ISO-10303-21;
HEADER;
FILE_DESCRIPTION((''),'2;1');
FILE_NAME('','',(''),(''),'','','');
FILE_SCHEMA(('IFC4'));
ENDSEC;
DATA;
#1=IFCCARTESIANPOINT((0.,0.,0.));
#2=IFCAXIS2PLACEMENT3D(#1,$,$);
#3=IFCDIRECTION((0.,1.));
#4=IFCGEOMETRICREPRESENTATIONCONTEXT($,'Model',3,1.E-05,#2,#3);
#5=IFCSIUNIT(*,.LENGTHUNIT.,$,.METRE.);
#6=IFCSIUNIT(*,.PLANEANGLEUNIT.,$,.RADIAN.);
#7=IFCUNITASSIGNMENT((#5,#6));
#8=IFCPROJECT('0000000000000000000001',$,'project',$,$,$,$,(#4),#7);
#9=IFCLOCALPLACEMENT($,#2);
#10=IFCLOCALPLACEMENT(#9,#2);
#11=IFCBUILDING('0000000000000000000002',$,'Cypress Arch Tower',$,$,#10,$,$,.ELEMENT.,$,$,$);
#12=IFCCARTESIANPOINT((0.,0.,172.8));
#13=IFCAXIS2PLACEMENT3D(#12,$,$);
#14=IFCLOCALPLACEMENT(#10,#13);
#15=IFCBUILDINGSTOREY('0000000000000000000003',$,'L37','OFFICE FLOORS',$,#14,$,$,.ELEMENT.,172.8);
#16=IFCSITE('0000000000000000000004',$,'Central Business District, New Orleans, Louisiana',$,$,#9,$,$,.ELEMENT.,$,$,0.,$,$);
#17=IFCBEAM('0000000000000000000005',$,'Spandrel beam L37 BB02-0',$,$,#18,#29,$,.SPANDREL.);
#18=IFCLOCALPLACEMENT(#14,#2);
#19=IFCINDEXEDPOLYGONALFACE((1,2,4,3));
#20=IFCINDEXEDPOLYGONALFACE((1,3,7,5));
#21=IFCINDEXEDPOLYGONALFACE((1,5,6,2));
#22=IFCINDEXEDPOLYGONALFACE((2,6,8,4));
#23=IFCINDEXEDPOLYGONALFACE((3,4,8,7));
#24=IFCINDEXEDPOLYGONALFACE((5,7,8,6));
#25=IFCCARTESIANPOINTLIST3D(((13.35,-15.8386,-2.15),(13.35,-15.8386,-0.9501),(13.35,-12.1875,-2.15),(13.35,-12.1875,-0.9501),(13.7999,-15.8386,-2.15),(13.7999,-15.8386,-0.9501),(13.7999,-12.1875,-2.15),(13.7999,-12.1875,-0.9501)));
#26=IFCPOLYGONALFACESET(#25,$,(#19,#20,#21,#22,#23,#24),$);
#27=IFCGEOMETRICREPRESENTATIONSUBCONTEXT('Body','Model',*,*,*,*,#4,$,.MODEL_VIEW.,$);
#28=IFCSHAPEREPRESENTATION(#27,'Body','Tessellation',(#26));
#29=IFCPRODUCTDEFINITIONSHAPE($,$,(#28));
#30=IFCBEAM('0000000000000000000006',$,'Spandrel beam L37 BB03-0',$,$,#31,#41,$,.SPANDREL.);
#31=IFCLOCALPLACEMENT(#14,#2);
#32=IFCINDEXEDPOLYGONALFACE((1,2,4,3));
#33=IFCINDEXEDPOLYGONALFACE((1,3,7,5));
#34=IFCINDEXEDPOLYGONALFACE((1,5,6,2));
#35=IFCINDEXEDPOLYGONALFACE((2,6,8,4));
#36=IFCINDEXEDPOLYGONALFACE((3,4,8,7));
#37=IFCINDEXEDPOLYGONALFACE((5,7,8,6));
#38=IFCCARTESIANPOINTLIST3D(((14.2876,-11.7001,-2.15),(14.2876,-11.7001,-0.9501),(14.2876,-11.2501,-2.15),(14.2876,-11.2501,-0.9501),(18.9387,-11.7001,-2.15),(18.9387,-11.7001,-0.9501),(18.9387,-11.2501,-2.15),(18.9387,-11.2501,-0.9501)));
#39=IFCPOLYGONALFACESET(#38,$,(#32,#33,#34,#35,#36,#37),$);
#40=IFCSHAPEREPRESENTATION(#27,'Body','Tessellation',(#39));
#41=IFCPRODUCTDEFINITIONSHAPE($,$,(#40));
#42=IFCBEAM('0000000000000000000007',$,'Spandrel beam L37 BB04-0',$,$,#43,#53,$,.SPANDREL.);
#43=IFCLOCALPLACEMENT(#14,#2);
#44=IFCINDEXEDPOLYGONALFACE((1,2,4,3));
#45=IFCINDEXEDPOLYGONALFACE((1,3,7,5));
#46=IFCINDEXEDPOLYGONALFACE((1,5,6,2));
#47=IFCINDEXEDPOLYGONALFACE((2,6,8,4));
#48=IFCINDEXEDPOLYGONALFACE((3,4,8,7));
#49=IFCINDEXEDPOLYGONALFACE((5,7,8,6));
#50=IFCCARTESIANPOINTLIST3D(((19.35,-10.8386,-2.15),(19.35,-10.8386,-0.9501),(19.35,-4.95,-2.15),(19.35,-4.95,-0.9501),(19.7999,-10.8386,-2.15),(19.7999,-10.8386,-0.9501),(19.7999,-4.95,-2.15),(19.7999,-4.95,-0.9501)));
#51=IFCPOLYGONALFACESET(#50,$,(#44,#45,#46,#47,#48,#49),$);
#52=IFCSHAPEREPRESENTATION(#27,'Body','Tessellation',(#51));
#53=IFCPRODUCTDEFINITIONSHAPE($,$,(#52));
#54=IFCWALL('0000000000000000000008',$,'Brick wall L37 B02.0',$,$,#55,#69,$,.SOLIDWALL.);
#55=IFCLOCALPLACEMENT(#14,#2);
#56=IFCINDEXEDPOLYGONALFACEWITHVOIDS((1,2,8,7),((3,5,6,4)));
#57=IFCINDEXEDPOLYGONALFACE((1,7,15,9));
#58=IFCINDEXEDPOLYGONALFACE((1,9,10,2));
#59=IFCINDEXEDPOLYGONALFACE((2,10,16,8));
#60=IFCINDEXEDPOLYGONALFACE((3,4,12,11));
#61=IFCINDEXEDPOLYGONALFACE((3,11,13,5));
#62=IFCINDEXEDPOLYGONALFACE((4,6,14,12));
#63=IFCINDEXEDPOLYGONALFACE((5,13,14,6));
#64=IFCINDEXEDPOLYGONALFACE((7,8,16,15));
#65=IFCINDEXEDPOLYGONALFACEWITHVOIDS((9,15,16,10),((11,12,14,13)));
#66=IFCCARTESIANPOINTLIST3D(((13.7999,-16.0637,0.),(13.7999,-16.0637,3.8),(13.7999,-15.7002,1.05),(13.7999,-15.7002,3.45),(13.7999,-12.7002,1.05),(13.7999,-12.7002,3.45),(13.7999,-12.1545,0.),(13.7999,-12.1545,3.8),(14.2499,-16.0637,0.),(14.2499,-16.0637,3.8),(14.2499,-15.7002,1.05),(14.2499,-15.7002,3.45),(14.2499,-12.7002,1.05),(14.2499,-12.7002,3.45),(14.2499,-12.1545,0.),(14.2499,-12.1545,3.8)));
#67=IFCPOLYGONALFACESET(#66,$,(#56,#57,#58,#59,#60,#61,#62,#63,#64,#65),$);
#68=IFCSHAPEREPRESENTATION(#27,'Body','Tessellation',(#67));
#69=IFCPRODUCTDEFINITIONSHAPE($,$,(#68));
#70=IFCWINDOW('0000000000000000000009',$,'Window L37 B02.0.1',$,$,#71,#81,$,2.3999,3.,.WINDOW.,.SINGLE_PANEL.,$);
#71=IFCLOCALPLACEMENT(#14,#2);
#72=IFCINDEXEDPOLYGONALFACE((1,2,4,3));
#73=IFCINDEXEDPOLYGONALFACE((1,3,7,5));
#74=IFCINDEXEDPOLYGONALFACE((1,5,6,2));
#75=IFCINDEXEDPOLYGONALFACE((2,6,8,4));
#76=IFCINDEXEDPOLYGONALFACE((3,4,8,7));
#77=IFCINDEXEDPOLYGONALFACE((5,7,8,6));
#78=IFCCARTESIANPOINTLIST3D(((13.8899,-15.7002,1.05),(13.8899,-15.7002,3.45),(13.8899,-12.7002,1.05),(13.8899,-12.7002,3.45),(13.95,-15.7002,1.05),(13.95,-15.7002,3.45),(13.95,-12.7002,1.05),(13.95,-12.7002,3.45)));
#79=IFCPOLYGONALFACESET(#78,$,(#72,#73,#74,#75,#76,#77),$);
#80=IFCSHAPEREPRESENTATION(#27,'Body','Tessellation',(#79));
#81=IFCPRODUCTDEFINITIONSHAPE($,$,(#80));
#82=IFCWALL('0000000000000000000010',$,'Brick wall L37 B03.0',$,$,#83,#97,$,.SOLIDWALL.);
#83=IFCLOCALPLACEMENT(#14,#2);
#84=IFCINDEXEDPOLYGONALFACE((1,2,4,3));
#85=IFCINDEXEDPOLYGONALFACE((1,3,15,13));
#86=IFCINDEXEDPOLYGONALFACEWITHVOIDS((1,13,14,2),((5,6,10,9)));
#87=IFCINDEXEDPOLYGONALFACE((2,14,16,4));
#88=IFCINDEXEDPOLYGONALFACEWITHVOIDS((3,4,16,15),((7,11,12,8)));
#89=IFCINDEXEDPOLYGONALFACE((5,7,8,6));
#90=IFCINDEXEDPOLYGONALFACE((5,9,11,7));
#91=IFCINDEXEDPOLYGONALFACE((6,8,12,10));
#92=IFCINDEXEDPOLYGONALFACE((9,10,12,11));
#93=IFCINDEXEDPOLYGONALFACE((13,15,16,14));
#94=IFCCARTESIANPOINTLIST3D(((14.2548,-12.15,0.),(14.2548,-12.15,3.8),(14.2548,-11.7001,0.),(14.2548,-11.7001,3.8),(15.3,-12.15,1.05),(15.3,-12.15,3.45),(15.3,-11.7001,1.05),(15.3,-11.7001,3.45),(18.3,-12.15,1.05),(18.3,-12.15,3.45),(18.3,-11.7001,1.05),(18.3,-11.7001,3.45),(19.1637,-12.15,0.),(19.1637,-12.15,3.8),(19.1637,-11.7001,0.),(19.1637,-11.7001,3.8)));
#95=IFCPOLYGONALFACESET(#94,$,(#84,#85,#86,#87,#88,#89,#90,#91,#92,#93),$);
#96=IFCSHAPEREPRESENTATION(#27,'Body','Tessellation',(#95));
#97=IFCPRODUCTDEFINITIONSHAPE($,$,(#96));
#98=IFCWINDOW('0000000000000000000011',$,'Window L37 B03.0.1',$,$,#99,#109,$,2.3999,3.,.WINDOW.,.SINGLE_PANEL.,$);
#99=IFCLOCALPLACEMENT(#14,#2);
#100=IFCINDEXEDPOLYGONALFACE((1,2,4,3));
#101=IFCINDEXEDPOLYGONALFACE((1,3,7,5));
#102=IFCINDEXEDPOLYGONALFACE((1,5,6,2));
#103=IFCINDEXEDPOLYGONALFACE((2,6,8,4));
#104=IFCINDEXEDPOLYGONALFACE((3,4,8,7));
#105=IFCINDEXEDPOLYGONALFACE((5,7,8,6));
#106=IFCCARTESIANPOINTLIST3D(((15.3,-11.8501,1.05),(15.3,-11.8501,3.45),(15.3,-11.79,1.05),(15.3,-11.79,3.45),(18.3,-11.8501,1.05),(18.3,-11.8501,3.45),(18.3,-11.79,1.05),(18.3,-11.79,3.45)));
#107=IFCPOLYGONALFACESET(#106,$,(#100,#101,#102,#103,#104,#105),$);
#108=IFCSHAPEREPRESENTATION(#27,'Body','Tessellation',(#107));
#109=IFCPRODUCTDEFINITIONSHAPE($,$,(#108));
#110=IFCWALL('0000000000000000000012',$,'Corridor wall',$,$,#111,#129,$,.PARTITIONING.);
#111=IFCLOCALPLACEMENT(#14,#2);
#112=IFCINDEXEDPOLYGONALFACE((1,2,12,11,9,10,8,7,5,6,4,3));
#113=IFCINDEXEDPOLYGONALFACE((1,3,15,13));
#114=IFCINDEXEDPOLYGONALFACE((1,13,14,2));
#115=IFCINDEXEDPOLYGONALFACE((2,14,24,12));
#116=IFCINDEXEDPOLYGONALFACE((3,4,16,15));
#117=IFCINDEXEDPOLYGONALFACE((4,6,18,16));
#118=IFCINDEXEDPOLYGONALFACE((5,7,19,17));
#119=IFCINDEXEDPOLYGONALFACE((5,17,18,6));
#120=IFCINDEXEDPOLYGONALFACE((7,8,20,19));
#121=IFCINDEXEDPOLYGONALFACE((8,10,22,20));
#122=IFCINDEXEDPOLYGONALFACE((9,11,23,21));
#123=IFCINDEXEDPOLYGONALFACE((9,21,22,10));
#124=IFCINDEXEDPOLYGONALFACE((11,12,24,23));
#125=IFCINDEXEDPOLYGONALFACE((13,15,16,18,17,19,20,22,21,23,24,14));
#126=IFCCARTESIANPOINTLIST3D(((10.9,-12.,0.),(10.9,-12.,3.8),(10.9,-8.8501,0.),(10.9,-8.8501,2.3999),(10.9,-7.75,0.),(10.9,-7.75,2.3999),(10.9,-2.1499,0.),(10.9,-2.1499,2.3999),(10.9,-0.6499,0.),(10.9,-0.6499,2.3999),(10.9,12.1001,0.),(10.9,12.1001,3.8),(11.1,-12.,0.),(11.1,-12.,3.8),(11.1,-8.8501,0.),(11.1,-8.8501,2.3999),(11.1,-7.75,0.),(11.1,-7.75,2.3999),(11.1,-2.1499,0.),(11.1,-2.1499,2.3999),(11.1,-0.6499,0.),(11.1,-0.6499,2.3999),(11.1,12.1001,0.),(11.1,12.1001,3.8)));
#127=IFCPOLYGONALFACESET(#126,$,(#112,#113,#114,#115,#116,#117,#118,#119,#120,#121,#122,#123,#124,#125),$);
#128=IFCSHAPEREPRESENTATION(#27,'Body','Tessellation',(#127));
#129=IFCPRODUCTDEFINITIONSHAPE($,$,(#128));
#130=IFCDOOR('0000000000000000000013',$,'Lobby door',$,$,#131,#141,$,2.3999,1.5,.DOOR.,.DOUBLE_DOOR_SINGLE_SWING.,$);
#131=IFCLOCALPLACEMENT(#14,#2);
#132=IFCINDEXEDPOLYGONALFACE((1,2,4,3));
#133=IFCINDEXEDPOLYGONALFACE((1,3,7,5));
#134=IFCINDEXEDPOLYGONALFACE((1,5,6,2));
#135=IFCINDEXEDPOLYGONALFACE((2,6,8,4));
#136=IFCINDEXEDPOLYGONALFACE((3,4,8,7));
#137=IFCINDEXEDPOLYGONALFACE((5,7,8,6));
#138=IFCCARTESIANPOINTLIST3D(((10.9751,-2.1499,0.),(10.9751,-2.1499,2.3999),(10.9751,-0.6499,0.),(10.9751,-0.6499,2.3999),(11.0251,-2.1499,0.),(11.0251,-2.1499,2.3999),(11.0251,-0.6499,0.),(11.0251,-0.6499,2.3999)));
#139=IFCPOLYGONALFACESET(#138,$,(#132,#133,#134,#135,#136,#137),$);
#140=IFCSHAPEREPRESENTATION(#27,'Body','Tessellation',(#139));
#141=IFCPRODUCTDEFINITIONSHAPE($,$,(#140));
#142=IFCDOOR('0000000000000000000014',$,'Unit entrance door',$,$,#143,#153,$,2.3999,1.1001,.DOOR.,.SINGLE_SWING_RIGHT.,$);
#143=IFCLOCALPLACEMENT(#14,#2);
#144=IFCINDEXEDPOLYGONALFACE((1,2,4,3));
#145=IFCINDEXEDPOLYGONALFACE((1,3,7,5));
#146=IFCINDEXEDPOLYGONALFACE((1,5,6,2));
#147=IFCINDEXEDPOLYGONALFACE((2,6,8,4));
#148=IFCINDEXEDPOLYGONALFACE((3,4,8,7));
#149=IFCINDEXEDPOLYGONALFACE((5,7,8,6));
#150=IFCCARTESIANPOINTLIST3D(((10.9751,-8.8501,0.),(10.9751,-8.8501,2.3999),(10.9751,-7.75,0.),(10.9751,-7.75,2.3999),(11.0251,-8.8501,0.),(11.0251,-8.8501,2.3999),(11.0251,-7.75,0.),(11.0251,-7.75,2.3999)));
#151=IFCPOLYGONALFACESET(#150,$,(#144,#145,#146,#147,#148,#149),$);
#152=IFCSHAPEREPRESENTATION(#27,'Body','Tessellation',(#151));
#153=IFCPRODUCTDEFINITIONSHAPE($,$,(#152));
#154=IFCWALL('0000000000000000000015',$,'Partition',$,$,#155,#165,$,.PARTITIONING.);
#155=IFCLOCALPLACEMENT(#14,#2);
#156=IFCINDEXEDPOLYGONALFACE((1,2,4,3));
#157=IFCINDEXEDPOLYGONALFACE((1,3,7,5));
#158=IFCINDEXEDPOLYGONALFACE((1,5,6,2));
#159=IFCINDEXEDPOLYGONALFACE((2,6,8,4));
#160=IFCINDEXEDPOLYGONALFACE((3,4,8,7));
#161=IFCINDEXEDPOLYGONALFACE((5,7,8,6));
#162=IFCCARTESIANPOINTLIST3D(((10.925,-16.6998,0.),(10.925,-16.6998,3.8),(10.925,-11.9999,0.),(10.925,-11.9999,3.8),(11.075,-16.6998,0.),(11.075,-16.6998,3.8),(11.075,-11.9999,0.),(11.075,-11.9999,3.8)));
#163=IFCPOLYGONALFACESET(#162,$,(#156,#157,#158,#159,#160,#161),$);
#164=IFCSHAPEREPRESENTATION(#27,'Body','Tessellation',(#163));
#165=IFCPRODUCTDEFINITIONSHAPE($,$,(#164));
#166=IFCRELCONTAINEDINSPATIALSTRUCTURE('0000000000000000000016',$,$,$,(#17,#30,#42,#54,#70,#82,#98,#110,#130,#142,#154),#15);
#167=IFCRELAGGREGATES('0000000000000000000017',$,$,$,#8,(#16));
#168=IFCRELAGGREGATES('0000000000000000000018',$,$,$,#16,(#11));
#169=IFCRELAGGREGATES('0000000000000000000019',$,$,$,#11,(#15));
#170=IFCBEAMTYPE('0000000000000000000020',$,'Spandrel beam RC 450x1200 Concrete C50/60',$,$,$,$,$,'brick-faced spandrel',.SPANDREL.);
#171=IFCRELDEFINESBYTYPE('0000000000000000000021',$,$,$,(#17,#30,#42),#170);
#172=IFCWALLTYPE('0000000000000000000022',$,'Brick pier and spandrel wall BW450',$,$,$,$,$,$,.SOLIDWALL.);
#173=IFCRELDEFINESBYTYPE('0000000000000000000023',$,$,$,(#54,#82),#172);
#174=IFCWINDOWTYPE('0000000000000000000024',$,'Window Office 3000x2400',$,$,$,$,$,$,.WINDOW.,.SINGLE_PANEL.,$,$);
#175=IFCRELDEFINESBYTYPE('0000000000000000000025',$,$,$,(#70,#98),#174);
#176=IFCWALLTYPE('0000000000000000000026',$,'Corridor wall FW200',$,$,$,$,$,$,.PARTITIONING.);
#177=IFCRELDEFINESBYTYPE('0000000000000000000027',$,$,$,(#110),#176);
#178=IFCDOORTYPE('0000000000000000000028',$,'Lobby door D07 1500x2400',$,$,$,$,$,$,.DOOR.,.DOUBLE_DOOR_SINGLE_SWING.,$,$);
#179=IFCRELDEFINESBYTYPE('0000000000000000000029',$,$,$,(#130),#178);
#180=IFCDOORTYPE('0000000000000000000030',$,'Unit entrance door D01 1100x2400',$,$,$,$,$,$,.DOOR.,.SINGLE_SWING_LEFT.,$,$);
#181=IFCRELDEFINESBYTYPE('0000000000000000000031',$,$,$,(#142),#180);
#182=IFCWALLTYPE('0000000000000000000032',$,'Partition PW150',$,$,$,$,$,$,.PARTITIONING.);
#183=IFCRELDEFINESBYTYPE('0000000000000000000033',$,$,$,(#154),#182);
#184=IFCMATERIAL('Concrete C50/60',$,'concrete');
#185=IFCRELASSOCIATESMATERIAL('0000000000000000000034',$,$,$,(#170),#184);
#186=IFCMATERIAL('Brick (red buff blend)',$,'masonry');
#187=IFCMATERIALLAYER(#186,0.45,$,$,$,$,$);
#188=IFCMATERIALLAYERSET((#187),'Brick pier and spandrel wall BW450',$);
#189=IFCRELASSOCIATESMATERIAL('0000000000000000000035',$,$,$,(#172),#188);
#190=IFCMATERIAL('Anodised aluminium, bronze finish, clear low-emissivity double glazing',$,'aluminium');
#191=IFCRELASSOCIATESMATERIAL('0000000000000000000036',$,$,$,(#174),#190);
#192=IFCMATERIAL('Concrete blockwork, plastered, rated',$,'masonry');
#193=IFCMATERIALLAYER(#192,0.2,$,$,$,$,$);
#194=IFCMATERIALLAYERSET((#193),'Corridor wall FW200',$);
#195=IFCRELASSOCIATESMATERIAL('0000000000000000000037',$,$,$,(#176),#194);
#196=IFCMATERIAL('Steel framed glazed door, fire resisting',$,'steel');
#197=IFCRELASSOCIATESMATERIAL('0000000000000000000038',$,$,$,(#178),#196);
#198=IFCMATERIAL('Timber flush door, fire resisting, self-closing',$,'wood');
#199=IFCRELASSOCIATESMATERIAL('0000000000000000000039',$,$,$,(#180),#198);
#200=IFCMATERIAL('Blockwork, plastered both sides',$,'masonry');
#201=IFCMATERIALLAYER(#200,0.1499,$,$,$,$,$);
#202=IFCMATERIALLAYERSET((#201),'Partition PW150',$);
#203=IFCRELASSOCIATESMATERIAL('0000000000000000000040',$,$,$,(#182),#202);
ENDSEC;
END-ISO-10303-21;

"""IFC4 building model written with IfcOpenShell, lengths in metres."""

from ifc_helpers import new_model, si_unit, direction, frame, frame_2d, origin, origin_2d, place, context, subcontext, project, spatial, rectangle, extrude, material, layer, layer_set, material_profile, profile_set, type_object, element, fill, save


model = new_model("IFC4")

# Units and contexts
model_context = context("Model", 3, precision=1e-05, world=origin(), true_north=direction((0.0, 1.0)))
body_context = subcontext(model_context, "Body", "Model", "MODEL_VIEW")
ifc_project = project(units=[si_unit("LENGTHUNIT", "METRE"), si_unit("PLANEANGLEUNIT", "RADIAN")], contexts=[model_context])

# Site, building, storey
site_placement = place(None, origin())
site = spatial("IfcSite", under=ifc_project, at=site_placement, Name="Central Business District, New Orleans, Louisiana", CompositionType="ELEMENT", RefElevation=0.0)
building_placement = place(site_placement, origin())
building = spatial("IfcBuilding", under=site, at=building_placement, Name="Cypress Arch Tower", CompositionType="ELEMENT")
storey_placement = place(building_placement, frame((0.0, 0.0, 172.8)))
storey = spatial("IfcBuildingStorey", under=building, at=storey_placement, Name="L37", Description="OFFICE FLOORS", CompositionType="ELEMENT", Elevation=172.8)

# Beams
ifc_material_1 = material(Name="Concrete C50/60", Category="concrete")
ifc_material_profile_1 = material_profile(ifc_material_1, rectangle(XDim=0.45, YDim=1.2, at=origin_2d()), Name="RC 450x1200")
ifc_profile_set_1 = profile_set([ifc_material_profile_1], Name="Concrete C50/60")
beam_type_1 = type_object("IfcBeamType", Name="Spandrel beam RC 450x1200 Concrete C50/60", ElementType="brick-faced spandrel", PredefinedType="SPANDREL", material=ifc_profile_set_1)
beam_1_placement = place(storey_placement, frame((13.575, -15.8386, -1.55), z_axis=(0.0, 1.0, 0.0), x_axis=(-1.0, 0.0, 0.0)))
element("IfcBeam", 1, at=beam_1_placement, inside=storey, type_object=beam_type_1, Name="Spandrel beam L37 BB02-0", PredefinedType="SPANDREL", context=body_context, shape_type="SweptSolid", body=[
    extrude(rectangle(XDim=0.45, YDim=1.2, at=origin_2d()), origin(), (0.0, 0.0, 1.0), 3.6511),
])
beam_2_placement = place(storey_placement, frame((14.2876, -11.4751, -1.55), z_axis=(1.0, 0.0, 0.0), x_axis=(0.0, 1.0, 0.0)))
element("IfcBeam", 2, at=beam_2_placement, inside=storey, type_object=beam_type_1, Name="Spandrel beam L37 BB03-0", PredefinedType="SPANDREL", context=body_context, shape_type="SweptSolid", body=[
    extrude(rectangle(XDim=0.45, YDim=1.2, at=origin_2d()), origin(), (0.0, 0.0, 1.0), 4.6511),
])
beam_3_placement = place(storey_placement, frame((19.575, -10.8386, -1.55), z_axis=(0.0, 1.0, 0.0), x_axis=(-1.0, 0.0, 0.0)))
element("IfcBeam", 3, at=beam_3_placement, inside=storey, type_object=beam_type_1, Name="Spandrel beam L37 BB04-0", PredefinedType="SPANDREL", context=body_context, shape_type="SweptSolid", body=[
    extrude(rectangle(XDim=0.45, YDim=1.2, at=origin_2d()), origin(), (0.0, 0.0, 1.0), 5.8887),
])

# Walls, openings, windows
ifc_material_2 = material(Name="Brick (red buff blend)", Category="masonry")
ifc_layer_1 = layer(ifc_material_2, 0.45)
ifc_layer_set_1 = layer_set([ifc_layer_1], Name="Brick pier and spandrel wall BW450")
wall_type_1 = type_object("IfcWallType", Name="Brick pier and spandrel wall BW450", PredefinedType="SOLIDWALL", material=ifc_layer_set_1)
wall_1_placement = place(storey_placement, frame((14.0249, -16.0637, 0.0), z_axis=(0.0, 0.0, 1.0), x_axis=(0.0, 1.0, 0.0)))
wall_1 = element("IfcWall", 4, at=wall_1_placement, inside=storey, type_object=wall_type_1, Name="Brick wall L37 B02.0", PredefinedType="SOLIDWALL", context=body_context, shape_type="SweptSolid", body=[
    extrude(rectangle(XDim=3.9092, YDim=0.45, at=frame_2d((1.9546, 0.0))), origin(), (0.0, 0.0, 1.0), 3.8),
])
opening_1_placement = place(wall_1_placement, frame((0.3635, 0.0, 1.05)))
opening_1 = element("IfcOpeningElement", 5, at=opening_1_placement, cuts=wall_1, PredefinedType="OPENING", context=body_context, shape_type="SweptSolid", body=[
    extrude(rectangle(XDim=3.0, YDim=2.3999, at=frame_2d((1.5, 1.2))), frame((0.0, 0.2349, 0.0), z_axis=(0.0, -1.0, 0.0), x_axis=(1.0, 0.0, 0.0)), (0.0, 0.0, 1.0), 0.47),
])
ifc_material_3 = material(Name="Anodised aluminium, bronze finish, clear low-emissivity double glazing", Category="aluminium")
window_type = type_object("IfcWindowType", Name="Window Office 3000x2400", PartitioningType="SINGLE_PANEL", PredefinedType="WINDOW", material=ifc_material_3)
window_1_placement = place(opening_1_placement, origin())
window_1 = element("IfcWindow", 6, at=window_1_placement, inside=storey, type_object=window_type, Name="Window L37 B02.0.1", OverallHeight=2.3999, OverallWidth=3.0, PartitioningType="SINGLE_PANEL", PredefinedType="WINDOW", context=body_context, shape_type="SweptSolid", body=[
    extrude(rectangle(XDim=3.0, YDim=2.3999, at=frame_2d((1.5, 1.2))), frame((0.0, 0.135, 0.0), z_axis=(0.0, -1.0, 0.0), x_axis=(1.0, 0.0, 0.0)), (0.0, 0.0, 1.0), 0.0601),
])
fill(opening_1, window_1)
wall_2_placement = place(storey_placement, frame((14.2546, -11.925, 0.0), z_axis=(0.0, 0.0, 1.0), x_axis=(1.0, 0.0, 0.0)))
wall_2 = element("IfcWall", 7, at=wall_2_placement, inside=storey, type_object=wall_type_1, Name="Brick wall L37 B03.0", PredefinedType="SOLIDWALL", context=body_context, shape_type="SweptSolid", body=[
    extrude(rectangle(XDim=4.9089, YDim=0.45, at=frame_2d((2.4546, 0.0))), origin(), (0.0, 0.0, 1.0), 3.8),
])
opening_2_placement = place(wall_2_placement, frame((1.0454, 0.0, 1.05)))
opening_2 = element("IfcOpeningElement", 8, at=opening_2_placement, cuts=wall_2, PredefinedType="OPENING", context=body_context, shape_type="SweptSolid", body=[
    extrude(rectangle(XDim=3.0, YDim=2.3999, at=frame_2d((1.5, 1.2))), frame((0.0, 0.2349, 0.0), z_axis=(0.0, -1.0, 0.0), x_axis=(1.0, 0.0, 0.0)), (0.0, 0.0, 1.0), 0.47),
])
window_2_placement = place(opening_2_placement, origin())
window_2 = element("IfcWindow", 9, at=window_2_placement, inside=storey, type_object=window_type, Name="Window L37 B03.0.1", OverallHeight=2.3999, OverallWidth=3.0, PartitioningType="SINGLE_PANEL", PredefinedType="WINDOW", context=body_context, shape_type="SweptSolid", body=[
    extrude(rectangle(XDim=3.0, YDim=2.3999, at=frame_2d((1.5, 1.2))), frame((0.0, 0.135, 0.0), z_axis=(0.0, -1.0, 0.0), x_axis=(1.0, 0.0, 0.0)), (0.0, 0.0, 1.0), 0.0601),
])
fill(opening_2, window_2)

# Wall, openings, doors
ifc_material_4 = material(Name="Concrete blockwork, plastered, rated", Category="masonry")
ifc_layer_2 = layer(ifc_material_4, 0.2)
ifc_layer_set_2 = layer_set([ifc_layer_2], Name="Corridor wall FW200")
wall_type_2 = type_object("IfcWallType", Name="Corridor wall FW200", PredefinedType="PARTITIONING", material=ifc_layer_set_2)
wall_3_placement = place(storey_placement, frame((11.0, -12.0, 0.0), z_axis=(0.0, 0.0, 1.0), x_axis=(0.0, 1.0, 0.0)))
wall_3 = element("IfcWall", 10, at=wall_3_placement, inside=storey, type_object=wall_type_2, Name="Corridor wall", PredefinedType="PARTITIONING", context=body_context, shape_type="SweptSolid", body=[
    extrude(rectangle(XDim=24.1001, YDim=0.2, at=frame_2d((12.05, 0.0))), origin(), (0.0, 0.0, 1.0), 3.8),
])
opening_3_placement = place(wall_3_placement, frame((9.8501, 0.0, 0.0)))
opening_3 = element("IfcOpeningElement", 11, at=opening_3_placement, cuts=wall_3, PredefinedType="OPENING", context=body_context, shape_type="SweptSolid", body=[
    extrude(rectangle(XDim=1.5, YDim=2.3999, at=frame_2d((0.75, 1.2))), frame((0.0, 0.1099, 0.0), z_axis=(0.0, -1.0, 0.0), x_axis=(1.0, 0.0, 0.0)), (0.0, 0.0, 1.0), 0.22),
])
opening_4_placement = place(wall_3_placement, frame((3.1499, 0.0, 0.0)))
opening_4 = element("IfcOpeningElement", 12, at=opening_4_placement, cuts=wall_3, PredefinedType="OPENING", context=body_context, shape_type="SweptSolid", body=[
    extrude(rectangle(XDim=1.1001, YDim=2.3999, at=frame_2d((0.55, 1.2))), frame((0.0, 0.1099, 0.0), z_axis=(0.0, -1.0, 0.0), x_axis=(1.0, 0.0, 0.0)), (0.0, 0.0, 1.0), 0.22),
])
ifc_material_5 = material(Name="Steel framed glazed door, fire resisting", Category="steel")
door_type_1 = type_object("IfcDoorType", Name="Lobby door D07 1500x2400", OperationType="DOUBLE_DOOR_SINGLE_SWING", PredefinedType="DOOR", material=ifc_material_5)
door_1_placement = place(opening_3_placement, origin())
door_1 = element("IfcDoor", 13, at=door_1_placement, inside=storey, type_object=door_type_1, Name="Lobby door", OperationType="DOUBLE_DOOR_SINGLE_SWING", OverallHeight=2.3999, OverallWidth=1.5, PredefinedType="DOOR", context=body_context, shape_type="SweptSolid", body=[
    extrude(rectangle(XDim=1.5, YDim=2.3999, at=frame_2d((0.75, 1.2))), frame((0.0, 0.0249, 0.0), z_axis=(0.0, -1.0, 0.0), x_axis=(1.0, 0.0, 0.0)), (0.0, 0.0, 1.0), 0.05),
])
fill(opening_3, door_1)
ifc_material_6 = material(Name="Timber flush door, fire resisting, self-closing", Category="wood")
door_type_2 = type_object("IfcDoorType", Name="Unit entrance door D01 1100x2400", OperationType="SINGLE_SWING_LEFT", PredefinedType="DOOR", material=ifc_material_6)
door_2_placement = place(opening_4_placement, origin())
door_2 = element("IfcDoor", 14, at=door_2_placement, inside=storey, type_object=door_type_2, Name="Unit entrance door", OperationType="SINGLE_SWING_RIGHT", OverallHeight=2.3999, OverallWidth=1.1001, PredefinedType="DOOR", context=body_context, shape_type="SweptSolid", body=[
    extrude(rectangle(XDim=1.1001, YDim=2.3999, at=frame_2d((0.55, 1.2))), frame((0.0, 0.0249, 0.0), z_axis=(0.0, -1.0, 0.0), x_axis=(1.0, 0.0, 0.0)), (0.0, 0.0, 1.0), 0.05),
])
fill(opening_4, door_2)

# Wall
ifc_material_7 = material(Name="Blockwork, plastered both sides", Category="masonry")
ifc_layer_3 = layer(ifc_material_7, 0.1499)
ifc_layer_set_3 = layer_set([ifc_layer_3], Name="Partition PW150")
wall_type_3 = type_object("IfcWallType", Name="Partition PW150", PredefinedType="PARTITIONING", material=ifc_layer_set_3)
wall_4_placement = place(storey_placement, frame((11.0, -16.7, 0.0), z_axis=(0.0, 0.0, 1.0), x_axis=(0.0, 1.0, 0.0)))
element("IfcWall", 15, at=wall_4_placement, inside=storey, type_object=wall_type_3, Name="Partition", PredefinedType="PARTITIONING", context=body_context, shape_type="SweptSolid", body=[
    extrude(rectangle(XDim=4.7, YDim=0.1499, at=frame_2d((2.3501, 0.0))), origin(), (0.0, 0.0, 1.0), 3.8),
])

save(model, "model.ifc")
